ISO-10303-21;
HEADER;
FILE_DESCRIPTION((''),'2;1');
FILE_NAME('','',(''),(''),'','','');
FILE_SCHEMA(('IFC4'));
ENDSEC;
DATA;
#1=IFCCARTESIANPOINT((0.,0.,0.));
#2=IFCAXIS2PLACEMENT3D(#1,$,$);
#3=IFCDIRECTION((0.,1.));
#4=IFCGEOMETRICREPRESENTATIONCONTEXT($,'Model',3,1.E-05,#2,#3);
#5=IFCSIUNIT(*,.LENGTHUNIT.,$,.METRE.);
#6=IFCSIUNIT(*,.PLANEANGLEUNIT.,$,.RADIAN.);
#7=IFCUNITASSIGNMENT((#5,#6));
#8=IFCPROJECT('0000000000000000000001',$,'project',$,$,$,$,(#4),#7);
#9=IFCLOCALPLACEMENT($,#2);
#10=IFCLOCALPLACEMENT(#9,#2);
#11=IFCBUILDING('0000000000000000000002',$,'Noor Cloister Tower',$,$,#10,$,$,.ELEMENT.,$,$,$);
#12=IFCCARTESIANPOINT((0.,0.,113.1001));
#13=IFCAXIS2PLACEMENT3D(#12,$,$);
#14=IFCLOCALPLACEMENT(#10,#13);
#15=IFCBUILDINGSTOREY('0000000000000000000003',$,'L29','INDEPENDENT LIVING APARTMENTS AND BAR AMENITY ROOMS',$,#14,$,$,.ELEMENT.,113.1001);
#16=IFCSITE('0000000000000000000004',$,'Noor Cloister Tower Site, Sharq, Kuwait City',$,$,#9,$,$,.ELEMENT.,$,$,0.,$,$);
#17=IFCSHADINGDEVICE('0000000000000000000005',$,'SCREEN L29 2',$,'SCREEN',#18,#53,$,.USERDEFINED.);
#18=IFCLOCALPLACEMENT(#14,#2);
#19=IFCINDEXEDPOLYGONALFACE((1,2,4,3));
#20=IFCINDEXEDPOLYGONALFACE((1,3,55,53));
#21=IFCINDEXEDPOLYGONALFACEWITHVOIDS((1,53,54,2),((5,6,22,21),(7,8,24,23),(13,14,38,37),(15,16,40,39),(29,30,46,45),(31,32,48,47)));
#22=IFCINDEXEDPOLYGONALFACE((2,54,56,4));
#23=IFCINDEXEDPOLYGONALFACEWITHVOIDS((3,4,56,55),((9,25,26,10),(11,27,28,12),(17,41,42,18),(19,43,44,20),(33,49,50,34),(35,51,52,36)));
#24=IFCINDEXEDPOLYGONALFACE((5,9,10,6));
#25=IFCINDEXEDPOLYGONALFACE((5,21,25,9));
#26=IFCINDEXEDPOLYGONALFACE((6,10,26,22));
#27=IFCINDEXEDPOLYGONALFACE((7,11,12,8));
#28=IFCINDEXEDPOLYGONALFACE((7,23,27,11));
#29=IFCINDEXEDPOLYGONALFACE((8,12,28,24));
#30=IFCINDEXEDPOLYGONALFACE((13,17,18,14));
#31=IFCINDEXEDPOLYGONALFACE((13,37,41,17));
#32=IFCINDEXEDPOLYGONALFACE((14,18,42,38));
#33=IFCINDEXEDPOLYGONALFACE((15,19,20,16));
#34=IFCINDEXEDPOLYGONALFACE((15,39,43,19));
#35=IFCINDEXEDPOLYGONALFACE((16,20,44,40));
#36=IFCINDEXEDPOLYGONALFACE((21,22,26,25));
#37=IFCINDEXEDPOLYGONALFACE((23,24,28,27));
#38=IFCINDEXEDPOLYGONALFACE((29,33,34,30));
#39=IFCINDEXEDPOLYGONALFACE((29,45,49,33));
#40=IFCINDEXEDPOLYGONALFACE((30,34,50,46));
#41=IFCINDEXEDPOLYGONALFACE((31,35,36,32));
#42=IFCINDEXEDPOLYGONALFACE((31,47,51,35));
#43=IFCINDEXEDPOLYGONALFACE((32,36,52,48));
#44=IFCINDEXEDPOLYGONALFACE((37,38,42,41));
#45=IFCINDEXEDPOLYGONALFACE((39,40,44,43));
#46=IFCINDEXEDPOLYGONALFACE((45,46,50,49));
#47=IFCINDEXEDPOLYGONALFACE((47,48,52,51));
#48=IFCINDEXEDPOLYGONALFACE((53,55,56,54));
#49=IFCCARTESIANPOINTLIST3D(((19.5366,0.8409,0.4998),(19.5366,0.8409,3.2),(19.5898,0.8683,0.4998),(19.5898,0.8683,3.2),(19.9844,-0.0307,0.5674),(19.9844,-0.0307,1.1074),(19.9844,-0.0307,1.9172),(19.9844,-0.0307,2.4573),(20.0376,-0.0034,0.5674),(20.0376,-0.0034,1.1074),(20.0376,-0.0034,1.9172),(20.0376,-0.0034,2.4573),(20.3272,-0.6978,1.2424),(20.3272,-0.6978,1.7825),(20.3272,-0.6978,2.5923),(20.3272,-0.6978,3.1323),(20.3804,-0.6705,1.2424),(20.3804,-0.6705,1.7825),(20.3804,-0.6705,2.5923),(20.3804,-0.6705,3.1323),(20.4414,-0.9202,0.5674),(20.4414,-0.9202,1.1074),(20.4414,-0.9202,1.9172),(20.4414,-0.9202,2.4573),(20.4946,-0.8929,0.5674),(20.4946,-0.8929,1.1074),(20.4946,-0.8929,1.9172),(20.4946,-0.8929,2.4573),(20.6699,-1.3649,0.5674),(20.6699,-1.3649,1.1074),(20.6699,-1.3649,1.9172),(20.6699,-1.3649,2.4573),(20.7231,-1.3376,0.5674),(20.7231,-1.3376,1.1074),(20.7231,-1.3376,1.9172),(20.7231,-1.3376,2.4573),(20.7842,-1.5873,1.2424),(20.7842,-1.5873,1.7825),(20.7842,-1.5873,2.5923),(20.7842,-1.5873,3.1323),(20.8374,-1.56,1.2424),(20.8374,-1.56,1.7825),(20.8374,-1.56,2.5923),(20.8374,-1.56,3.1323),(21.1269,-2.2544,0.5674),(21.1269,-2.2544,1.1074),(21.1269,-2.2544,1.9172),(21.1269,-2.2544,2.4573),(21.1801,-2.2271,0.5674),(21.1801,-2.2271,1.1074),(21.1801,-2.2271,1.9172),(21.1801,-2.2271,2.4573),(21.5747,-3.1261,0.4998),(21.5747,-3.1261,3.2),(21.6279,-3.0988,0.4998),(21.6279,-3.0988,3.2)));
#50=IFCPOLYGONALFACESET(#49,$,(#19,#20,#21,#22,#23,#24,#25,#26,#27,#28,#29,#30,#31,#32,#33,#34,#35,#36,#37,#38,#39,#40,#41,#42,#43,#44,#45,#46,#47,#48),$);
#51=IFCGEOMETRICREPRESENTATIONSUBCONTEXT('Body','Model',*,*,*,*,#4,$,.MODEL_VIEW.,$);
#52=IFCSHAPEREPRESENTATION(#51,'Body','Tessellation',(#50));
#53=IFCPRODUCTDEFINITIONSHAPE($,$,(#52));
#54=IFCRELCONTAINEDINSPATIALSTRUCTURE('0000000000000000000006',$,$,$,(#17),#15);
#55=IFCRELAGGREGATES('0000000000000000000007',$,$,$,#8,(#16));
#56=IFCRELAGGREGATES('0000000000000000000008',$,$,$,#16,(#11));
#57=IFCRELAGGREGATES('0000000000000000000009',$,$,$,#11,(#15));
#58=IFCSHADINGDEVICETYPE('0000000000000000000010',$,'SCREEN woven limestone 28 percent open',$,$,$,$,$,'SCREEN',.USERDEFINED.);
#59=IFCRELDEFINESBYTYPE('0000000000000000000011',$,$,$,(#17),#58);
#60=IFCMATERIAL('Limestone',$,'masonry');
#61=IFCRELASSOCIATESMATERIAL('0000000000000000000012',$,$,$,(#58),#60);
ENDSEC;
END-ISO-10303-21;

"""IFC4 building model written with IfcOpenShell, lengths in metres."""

from ifc_helpers import new_model, si_unit, direction, frame, origin, place, context, subcontext, project, spatial, polyline, outline, extrude, material, material_profile, profile_set, type_object, element, save


model = new_model("IFC4")

# Units and contexts
model_context = context("Model", 3, precision=1e-05, world=origin(), true_north=direction((0.0, 1.0)))
body_context = subcontext(model_context, "Body", "Model", "MODEL_VIEW")
ifc_project = project(units=[si_unit("LENGTHUNIT", "METRE"), si_unit("PLANEANGLEUNIT", "RADIAN")], contexts=[model_context])

# Site, building, storey
site_placement = place(None, origin())
site = spatial("IfcSite", under=ifc_project, at=site_placement, Name="Noor Cloister Tower Site, Sharq, Kuwait City", CompositionType="ELEMENT", RefElevation=0.0)
building_placement = place(site_placement, origin())
building = spatial("IfcBuilding", under=site, at=building_placement, Name="Noor Cloister Tower", CompositionType="ELEMENT")
storey_placement = place(building_placement, frame((0.0, 0.0, 113.1001)))
storey = spatial("IfcBuildingStorey", under=building, at=storey_placement, Name="L29", Description="INDEPENDENT LIVING APARTMENTS AND BAR AMENITY ROOMS", CompositionType="ELEMENT", Elevation=113.1001)

# Shading device
ifc_material_1 = material(Name="Limestone", Category="masonry")
ifc_material_profile_1 = material_profile(ifc_material_1, outline(polyline([(-2.23, -1.3501), (2.23, -1.3501), (2.23, 1.3501), (-2.23, 1.3501), (-2.23, -1.3501)]), holes=[polyline([(-1.25, -1.2825), (-0.25, -1.2825), (-0.25, -0.7424), (-1.25, -0.7424), (-1.25, -1.2825)]), polyline([(0.25, -1.2825), (1.25, -1.2825), (1.25, -0.7424), (0.25, -0.7424), (0.25, -1.2825)]), polyline([(-0.5, -0.6074), (0.5, -0.6074), (0.5, -0.0674), (-0.5, -0.0674), (-0.5, -0.6074)]), polyline([(-1.25, 0.0674), (-0.25, 0.0674), (-0.25, 0.6074), (-1.25, 0.6074), (-1.25, 0.0674)]), polyline([(0.25, 0.0674), (1.25, 0.0674), (1.25, 0.6074), (0.25, 0.6074), (0.25, 0.0674)]), polyline([(-0.5, 0.7424), (0.5, 0.7424), (0.5, 1.2825), (-0.5, 1.2825), (-0.5, 0.7424)])]), Name="Woven screen 28 percent open")
ifc_profile_set_1 = profile_set([ifc_material_profile_1], Name="Limestone")
shading_device_type = type_object("IfcShadingDeviceType", Name="SCREEN woven limestone 28 percent open", ElementType="SCREEN", PredefinedType="USERDEFINED", material=ifc_profile_set_1)
shading_device_1_placement = place(storey_placement, frame((20.5557, -1.1426, 1.8499), z_axis=(0.889477, 0.456979, 0.0), x_axis=(-0.456979, 0.889477, 0.0)))
element("IfcShadingDevice", 1, at=shading_device_1_placement, inside=storey, type_object=shading_device_type, Name="SCREEN L29 2", ObjectType="SCREEN", PredefinedType="USERDEFINED", context=body_context, shape_type="SweptSolid", body=[
    extrude(outline(polyline([(-2.23, -1.3501), (2.23, -1.3501), (2.23, 1.3501), (-2.23, 1.3501), (-2.23, -1.3501)]), holes=[polyline([(-1.25, -1.2825), (-0.25, -1.2825), (-0.25, -0.7424), (-1.25, -0.7424), (-1.25, -1.2825)]), polyline([(0.25, -1.2825), (1.25, -1.2825), (1.25, -0.7424), (0.25, -0.7424), (0.25, -1.2825)]), polyline([(-0.5, -0.6074), (0.5, -0.6074), (0.5, -0.0674), (-0.5, -0.0674), (-0.5, -0.6074)]), polyline([(-1.25, 0.0674), (-0.25, 0.0674), (-0.25, 0.6074), (-1.25, 0.6074), (-1.25, 0.0674)]), polyline([(0.25, 0.0674), (1.25, 0.0674), (1.25, 0.6074), (0.25, 0.6074), (0.25, 0.0674)]), polyline([(-0.5, 0.7424), (0.5, 0.7424), (0.5, 1.2825), (-0.5, 1.2825), (-0.5, 0.7424)])]), origin(), (0.0, 0.0, 1.0), 0.0598),
])

save(model, "model.ifc")
